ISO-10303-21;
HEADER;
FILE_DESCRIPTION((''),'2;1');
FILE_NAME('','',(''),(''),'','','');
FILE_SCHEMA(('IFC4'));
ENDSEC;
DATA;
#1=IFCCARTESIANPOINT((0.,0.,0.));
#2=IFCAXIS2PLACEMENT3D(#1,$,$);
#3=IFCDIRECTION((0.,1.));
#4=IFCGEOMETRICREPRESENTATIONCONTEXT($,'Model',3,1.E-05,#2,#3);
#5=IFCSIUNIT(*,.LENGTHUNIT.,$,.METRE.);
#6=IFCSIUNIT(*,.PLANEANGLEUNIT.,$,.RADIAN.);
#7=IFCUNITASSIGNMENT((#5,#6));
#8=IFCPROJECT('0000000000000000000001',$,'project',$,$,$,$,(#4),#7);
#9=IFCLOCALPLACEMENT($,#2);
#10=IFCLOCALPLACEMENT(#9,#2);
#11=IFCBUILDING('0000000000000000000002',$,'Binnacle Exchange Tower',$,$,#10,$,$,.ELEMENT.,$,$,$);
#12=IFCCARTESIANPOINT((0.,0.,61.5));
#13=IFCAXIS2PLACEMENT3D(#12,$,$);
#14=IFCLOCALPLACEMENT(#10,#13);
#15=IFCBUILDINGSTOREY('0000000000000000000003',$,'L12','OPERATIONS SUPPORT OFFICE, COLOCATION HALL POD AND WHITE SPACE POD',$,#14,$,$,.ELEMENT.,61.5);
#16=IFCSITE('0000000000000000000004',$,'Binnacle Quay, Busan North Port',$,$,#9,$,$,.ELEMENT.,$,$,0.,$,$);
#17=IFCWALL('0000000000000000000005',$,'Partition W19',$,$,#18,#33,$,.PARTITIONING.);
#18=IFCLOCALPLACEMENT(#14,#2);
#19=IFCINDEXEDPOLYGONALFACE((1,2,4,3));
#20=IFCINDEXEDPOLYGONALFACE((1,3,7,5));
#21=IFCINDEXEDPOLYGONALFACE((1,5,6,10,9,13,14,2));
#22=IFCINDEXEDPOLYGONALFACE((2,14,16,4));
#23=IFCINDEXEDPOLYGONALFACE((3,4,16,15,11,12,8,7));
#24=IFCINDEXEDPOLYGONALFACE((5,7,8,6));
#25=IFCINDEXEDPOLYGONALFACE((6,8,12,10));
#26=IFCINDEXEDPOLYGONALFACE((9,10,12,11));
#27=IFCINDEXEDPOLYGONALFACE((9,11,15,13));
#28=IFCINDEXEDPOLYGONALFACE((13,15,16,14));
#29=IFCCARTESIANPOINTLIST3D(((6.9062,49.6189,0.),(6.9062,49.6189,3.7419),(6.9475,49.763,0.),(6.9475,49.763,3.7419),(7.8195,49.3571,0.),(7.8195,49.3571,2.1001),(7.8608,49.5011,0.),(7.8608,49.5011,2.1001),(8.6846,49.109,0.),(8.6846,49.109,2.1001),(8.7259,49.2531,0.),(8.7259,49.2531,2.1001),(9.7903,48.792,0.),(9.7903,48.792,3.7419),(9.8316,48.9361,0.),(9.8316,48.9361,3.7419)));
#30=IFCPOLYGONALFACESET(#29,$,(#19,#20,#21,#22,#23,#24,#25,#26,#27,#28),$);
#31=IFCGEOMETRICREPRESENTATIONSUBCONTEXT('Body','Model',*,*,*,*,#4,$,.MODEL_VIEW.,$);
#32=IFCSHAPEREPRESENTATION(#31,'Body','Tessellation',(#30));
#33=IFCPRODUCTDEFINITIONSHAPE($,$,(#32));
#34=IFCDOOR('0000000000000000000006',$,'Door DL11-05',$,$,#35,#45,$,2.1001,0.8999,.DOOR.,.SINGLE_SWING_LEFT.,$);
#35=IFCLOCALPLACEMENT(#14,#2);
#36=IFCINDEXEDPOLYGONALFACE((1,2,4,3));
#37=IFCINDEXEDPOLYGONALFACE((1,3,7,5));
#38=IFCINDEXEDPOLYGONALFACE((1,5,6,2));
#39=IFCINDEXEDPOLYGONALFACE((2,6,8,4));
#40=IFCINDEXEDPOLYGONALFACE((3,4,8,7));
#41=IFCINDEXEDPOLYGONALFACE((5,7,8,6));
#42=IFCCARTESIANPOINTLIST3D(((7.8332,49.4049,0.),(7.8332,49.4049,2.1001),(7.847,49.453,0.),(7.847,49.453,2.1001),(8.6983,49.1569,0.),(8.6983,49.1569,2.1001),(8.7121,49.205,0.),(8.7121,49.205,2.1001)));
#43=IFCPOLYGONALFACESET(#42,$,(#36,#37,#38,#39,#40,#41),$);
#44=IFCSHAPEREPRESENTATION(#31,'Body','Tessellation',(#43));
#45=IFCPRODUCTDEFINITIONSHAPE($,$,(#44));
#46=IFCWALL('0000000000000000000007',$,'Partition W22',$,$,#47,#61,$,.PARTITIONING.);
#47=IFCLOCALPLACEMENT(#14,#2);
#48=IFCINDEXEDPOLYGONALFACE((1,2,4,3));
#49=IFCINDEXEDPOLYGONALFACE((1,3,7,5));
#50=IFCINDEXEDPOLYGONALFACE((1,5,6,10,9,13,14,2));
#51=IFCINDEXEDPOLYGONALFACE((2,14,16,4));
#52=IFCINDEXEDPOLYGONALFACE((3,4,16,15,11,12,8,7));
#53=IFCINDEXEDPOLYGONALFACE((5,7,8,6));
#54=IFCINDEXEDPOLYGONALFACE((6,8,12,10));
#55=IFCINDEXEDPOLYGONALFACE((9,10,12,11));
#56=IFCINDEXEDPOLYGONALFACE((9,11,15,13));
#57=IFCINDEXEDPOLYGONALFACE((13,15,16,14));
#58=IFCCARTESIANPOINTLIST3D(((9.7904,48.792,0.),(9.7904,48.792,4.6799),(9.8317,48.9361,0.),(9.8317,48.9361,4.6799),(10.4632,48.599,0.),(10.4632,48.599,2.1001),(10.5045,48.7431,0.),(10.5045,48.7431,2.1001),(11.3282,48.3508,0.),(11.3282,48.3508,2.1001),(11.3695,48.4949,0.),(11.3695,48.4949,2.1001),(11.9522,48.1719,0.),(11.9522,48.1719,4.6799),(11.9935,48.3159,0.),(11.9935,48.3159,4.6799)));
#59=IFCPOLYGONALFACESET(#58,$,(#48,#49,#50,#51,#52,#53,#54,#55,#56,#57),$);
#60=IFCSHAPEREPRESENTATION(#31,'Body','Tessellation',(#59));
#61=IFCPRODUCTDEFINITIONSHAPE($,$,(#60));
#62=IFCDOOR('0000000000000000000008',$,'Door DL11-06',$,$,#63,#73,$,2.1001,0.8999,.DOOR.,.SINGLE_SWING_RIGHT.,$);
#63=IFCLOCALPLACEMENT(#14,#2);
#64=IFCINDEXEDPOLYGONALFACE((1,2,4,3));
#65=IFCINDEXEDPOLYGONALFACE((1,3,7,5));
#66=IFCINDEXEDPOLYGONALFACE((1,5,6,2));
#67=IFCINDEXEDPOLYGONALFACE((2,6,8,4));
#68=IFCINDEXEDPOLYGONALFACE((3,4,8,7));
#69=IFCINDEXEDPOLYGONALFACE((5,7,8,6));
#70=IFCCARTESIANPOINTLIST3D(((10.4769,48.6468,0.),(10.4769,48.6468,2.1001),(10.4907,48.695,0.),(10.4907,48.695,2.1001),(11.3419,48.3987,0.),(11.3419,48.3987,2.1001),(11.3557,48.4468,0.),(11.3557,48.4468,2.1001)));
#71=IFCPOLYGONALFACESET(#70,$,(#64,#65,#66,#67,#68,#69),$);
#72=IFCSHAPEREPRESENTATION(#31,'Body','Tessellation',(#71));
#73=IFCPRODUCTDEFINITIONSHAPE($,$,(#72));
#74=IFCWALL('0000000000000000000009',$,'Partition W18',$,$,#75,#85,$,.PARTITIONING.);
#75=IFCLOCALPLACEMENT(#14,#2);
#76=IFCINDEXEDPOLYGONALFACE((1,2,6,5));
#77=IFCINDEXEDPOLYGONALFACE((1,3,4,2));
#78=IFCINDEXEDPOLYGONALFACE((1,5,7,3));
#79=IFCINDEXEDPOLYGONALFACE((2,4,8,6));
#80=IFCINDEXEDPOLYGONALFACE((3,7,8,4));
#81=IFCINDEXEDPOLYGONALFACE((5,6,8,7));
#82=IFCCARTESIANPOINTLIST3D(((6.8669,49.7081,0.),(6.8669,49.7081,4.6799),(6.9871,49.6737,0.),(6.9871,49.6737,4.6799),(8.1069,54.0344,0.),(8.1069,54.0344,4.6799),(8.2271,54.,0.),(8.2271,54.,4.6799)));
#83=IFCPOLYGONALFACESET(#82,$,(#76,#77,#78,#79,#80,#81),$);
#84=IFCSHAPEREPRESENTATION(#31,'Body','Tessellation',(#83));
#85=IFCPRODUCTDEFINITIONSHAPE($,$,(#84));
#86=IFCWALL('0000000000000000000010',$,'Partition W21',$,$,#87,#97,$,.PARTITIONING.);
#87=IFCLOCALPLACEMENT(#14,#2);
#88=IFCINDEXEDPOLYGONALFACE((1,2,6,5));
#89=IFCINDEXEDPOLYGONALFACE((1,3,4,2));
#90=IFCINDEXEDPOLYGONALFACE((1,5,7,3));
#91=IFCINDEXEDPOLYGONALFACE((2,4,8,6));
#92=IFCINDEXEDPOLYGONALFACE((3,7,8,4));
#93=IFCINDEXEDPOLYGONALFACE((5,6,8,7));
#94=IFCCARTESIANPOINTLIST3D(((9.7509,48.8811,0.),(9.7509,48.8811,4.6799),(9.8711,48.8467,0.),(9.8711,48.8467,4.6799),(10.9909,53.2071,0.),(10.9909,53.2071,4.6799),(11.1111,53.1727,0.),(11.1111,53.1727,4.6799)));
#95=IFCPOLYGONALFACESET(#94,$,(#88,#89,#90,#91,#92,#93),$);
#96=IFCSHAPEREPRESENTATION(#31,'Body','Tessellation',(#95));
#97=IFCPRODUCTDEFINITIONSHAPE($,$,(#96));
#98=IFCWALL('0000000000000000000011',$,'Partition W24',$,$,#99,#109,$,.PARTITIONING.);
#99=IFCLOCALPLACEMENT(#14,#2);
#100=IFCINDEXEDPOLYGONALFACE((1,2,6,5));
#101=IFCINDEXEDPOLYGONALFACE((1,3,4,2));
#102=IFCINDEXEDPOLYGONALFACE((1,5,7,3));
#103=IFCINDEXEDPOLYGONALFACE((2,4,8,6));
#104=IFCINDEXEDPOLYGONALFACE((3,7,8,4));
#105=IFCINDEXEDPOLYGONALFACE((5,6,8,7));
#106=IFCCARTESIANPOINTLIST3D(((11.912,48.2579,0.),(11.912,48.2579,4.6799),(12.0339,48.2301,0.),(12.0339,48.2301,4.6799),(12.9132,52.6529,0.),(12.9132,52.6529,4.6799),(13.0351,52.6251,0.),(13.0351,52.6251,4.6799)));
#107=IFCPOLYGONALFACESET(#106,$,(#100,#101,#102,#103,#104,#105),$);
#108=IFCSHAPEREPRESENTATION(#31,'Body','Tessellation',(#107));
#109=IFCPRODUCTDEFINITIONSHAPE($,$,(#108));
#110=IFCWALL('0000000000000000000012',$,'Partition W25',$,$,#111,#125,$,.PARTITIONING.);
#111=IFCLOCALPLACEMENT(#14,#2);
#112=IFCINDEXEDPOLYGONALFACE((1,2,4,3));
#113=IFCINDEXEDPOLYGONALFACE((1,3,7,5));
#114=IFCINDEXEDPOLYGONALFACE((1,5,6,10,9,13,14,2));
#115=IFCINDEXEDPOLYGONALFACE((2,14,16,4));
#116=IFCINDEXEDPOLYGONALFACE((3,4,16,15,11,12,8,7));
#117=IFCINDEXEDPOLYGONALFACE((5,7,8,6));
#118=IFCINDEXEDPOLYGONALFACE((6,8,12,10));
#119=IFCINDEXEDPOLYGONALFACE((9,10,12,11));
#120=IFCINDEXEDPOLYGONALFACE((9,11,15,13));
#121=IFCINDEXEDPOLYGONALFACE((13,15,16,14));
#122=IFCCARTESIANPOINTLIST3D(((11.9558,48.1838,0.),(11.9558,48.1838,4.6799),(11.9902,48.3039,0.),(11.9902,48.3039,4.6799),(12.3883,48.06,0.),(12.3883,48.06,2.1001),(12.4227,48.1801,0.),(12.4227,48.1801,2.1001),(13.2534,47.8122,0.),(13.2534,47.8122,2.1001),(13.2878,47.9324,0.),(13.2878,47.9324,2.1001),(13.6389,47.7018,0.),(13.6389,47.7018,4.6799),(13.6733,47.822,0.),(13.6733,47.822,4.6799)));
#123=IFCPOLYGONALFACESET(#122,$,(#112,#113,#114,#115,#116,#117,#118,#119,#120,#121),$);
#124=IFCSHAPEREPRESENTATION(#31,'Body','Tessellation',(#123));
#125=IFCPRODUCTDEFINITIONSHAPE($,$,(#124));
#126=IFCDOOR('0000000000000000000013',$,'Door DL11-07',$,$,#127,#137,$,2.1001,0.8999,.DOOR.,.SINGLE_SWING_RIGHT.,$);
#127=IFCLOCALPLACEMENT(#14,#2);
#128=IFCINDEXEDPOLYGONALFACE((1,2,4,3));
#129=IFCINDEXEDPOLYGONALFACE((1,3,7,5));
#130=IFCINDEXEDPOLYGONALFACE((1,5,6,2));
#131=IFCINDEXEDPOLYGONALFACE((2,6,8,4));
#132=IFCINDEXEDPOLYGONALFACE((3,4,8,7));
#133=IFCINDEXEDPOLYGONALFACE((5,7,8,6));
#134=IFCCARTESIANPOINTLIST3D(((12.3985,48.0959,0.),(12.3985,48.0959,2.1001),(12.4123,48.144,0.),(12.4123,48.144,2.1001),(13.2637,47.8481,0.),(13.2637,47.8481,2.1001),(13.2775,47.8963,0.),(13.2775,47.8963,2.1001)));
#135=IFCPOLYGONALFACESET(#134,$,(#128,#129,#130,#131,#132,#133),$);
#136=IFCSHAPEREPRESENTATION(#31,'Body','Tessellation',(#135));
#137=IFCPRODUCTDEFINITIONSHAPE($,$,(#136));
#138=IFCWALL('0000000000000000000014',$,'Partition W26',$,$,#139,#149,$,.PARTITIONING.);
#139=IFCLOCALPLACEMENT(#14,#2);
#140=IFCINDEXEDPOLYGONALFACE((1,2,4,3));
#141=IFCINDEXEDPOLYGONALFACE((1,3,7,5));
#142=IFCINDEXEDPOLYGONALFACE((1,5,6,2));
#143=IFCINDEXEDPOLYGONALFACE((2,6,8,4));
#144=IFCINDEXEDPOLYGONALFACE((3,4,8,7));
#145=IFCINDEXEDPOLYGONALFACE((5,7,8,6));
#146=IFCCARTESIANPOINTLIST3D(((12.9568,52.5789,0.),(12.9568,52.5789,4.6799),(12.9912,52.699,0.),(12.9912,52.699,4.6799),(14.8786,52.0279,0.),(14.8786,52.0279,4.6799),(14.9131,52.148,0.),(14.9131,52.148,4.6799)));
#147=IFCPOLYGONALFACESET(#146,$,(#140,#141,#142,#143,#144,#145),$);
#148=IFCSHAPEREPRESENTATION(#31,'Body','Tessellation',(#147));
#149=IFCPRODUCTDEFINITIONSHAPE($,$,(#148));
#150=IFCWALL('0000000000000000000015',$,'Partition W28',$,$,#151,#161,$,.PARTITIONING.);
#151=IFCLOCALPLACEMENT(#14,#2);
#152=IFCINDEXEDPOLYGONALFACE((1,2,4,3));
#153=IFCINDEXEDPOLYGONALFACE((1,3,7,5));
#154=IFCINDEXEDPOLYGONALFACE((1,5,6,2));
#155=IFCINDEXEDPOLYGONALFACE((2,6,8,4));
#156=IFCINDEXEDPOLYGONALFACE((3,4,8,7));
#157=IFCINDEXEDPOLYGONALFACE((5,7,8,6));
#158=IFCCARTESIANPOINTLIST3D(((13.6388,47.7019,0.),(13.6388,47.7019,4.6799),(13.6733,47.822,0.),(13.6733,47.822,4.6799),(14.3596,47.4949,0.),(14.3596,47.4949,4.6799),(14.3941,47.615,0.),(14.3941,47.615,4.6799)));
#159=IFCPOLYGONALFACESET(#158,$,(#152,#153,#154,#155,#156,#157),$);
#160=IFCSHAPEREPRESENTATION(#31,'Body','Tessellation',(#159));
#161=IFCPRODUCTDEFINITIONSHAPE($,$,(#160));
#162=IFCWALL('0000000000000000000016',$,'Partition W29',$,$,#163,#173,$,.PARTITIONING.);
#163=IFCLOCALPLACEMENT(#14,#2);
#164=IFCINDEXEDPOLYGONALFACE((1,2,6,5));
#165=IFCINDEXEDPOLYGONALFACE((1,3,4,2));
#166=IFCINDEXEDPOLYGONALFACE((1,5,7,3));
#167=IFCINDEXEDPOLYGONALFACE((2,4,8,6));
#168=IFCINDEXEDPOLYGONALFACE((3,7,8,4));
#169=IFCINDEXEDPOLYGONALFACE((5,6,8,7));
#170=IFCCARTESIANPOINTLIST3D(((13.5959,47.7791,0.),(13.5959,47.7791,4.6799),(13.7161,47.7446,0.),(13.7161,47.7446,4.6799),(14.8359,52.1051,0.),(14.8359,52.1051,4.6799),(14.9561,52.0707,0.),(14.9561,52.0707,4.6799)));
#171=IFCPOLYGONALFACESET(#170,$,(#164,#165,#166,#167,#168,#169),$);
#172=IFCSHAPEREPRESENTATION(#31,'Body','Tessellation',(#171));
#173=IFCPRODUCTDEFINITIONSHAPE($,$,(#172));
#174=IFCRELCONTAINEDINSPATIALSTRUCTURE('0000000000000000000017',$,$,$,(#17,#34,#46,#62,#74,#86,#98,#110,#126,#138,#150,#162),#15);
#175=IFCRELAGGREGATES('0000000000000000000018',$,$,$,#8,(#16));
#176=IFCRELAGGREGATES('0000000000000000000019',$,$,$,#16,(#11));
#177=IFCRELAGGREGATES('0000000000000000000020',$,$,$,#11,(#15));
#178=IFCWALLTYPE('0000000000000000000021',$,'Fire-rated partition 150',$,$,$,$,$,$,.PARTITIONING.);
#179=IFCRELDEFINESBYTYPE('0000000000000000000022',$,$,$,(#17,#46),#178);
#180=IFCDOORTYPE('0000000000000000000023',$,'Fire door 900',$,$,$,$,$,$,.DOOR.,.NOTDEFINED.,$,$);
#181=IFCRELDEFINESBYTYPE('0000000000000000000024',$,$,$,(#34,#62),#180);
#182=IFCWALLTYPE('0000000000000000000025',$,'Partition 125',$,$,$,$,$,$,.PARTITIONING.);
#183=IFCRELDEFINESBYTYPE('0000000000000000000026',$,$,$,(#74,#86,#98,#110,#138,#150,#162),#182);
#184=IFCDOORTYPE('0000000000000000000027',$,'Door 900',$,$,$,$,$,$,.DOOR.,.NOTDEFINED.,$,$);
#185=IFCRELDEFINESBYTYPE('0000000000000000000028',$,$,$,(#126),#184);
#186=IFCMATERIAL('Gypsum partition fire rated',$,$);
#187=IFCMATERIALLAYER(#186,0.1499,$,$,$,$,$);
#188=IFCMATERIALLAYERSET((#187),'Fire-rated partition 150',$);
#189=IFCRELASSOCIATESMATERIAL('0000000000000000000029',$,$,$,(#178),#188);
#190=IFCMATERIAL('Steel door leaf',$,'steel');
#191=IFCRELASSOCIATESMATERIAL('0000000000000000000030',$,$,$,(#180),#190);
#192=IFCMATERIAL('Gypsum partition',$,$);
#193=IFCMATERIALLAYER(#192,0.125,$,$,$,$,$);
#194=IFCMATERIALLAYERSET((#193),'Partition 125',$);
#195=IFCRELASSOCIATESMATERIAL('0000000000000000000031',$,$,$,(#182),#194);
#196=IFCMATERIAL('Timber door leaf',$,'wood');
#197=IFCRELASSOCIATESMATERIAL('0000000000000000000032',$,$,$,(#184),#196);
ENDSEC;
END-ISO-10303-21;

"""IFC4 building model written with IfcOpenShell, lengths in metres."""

from ifc_helpers import new_model, si_unit, direction, frame, frame_2d, origin, place, context, subcontext, project, spatial, rectangle, extrude, material, layer, layer_set, type_object, element, fill, save


model = new_model("IFC4")

# Units and contexts
model_context = context("Model", 3, precision=1e-05, world=origin(), true_north=direction((0.0, 1.0)))
body_context = subcontext(model_context, "Body", "Model", "MODEL_VIEW")
ifc_project = project(units=[si_unit("LENGTHUNIT", "METRE"), si_unit("PLANEANGLEUNIT", "RADIAN")], contexts=[model_context])

# Site, building, storey
site_placement = place(None, origin())
site = spatial("IfcSite", under=ifc_project, at=site_placement, Name="Binnacle Quay, Busan North Port", CompositionType="ELEMENT", RefElevation=0.0)
building_placement = place(site_placement, origin())
building = spatial("IfcBuilding", under=site, at=building_placement, Name="Binnacle Exchange Tower", CompositionType="ELEMENT")
storey_placement = place(building_placement, frame((0.0, 0.0, 61.5)))
storey = spatial("IfcBuildingStorey", under=building, at=storey_placement, Name="L12", Description="OPERATIONS SUPPORT OFFICE, COLOCATION HALL POD AND WHITE SPACE POD", CompositionType="ELEMENT", Elevation=61.5)

# Walls, openings, doors
ifc_material_1 = material(Name="Gypsum partition fire rated")
ifc_layer_1 = layer(ifc_material_1, 0.1499)
ifc_layer_set_1 = layer_set([ifc_layer_1], Name="Fire-rated partition 150")
wall_type_1 = type_object("IfcWallType", Name="Fire-rated partition 150", PredefinedType="PARTITIONING", material=ifc_layer_set_1)
ifc_material_2 = material(Name="Steel door leaf", Category="steel")
door_type_1 = type_object("IfcDoorType", Name="Fire door 900", OperationType="NOTDEFINED", PredefinedType="DOOR", material=ifc_material_2)
wall_1_placement = place(storey_placement, frame((6.927, 49.6909, 0.0), z_axis=(0.0, 0.0, 1.0), x_axis=(0.961269, -0.275613, 0.0)))
wall_1 = element("IfcWall", 1, at=wall_1_placement, inside=storey, type_object=wall_type_1, Name="Partition W19", PredefinedType="PARTITIONING", context=body_context, shape_type="SweptSolid", body=[
    extrude(rectangle(XDim=3.0002, YDim=0.1499, at=frame_2d((1.5, 0.0))), origin(), (0.0, 0.0, 1.0), 3.7419),
])
opening_1_placement = place(wall_1_placement, frame((0.95, 0.0, 0.0)))
opening_1 = element("IfcOpeningElement", 2, at=opening_1_placement, cuts=wall_1, PredefinedType="OPENING", context=body_context, shape_type="SweptSolid", body=[
    extrude(rectangle(XDim=0.8999, YDim=2.1001, at=frame_2d((0.45, 1.05))), frame((0.0, 0.085, 0.0), z_axis=(0.0, -1.0, 0.0), x_axis=(1.0, 0.0, 0.0)), (0.0, 0.0, 1.0), 0.1699),
])
door_1_placement = place(opening_1_placement, origin())
door_1 = element("IfcDoor", 3, at=door_1_placement, inside=storey, type_object=door_type_1, Name="Door DL11-05", OperationType="SINGLE_SWING_LEFT", OverallHeight=2.1001, OverallWidth=0.8999, PredefinedType="DOOR", context=body_context, shape_type="SweptSolid", body=[
    extrude(rectangle(XDim=0.8999, YDim=2.1001, at=frame_2d((0.45, 1.05))), frame((0.0, 0.0249, 0.0), z_axis=(0.0, -1.0, 0.0), x_axis=(1.0, 0.0, 0.0)), (0.0, 0.0, 1.0), 0.05),
])
fill(opening_1, door_1)
wall_2_placement = place(storey_placement, frame((9.811, 48.864, 0.0), z_axis=(0.0, 0.0, 1.0), x_axis=(0.961237, -0.275725, 0.0)))
wall_2 = element("IfcWall", 4, at=wall_2_placement, inside=storey, type_object=wall_type_1, Name="Partition W22", PredefinedType="PARTITIONING", context=body_context, shape_type="SweptSolid", body=[
    extrude(rectangle(XDim=2.249, YDim=0.1499, at=frame_2d((1.1245, 0.0))), origin(), (0.0, 0.0, 1.0), 4.6799),
])
opening_2_placement = place(wall_2_placement, frame((0.7, 0.0, 0.0)))
opening_2 = element("IfcOpeningElement", 5, at=opening_2_placement, cuts=wall_2, PredefinedType="OPENING", context=body_context, shape_type="SweptSolid", body=[
    extrude(rectangle(XDim=0.8999, YDim=2.1001, at=frame_2d((0.45, 1.05))), frame((0.0, 0.085, 0.0), z_axis=(0.0, -1.0, 0.0), x_axis=(1.0, 0.0, 0.0)), (0.0, 0.0, 1.0), 0.1699),
])
door_2_placement = place(opening_2_placement, origin())
door_2 = element("IfcDoor", 6, at=door_2_placement, inside=storey, type_object=door_type_1, Name="Door DL11-06", OperationType="SINGLE_SWING_RIGHT", OverallHeight=2.1001, OverallWidth=0.8999, PredefinedType="DOOR", context=body_context, shape_type="SweptSolid", body=[
    extrude(rectangle(XDim=0.8999, YDim=2.1001, at=frame_2d((0.45, 1.05))), frame((0.0, 0.0249, 0.0), z_axis=(0.0, -1.0, 0.0), x_axis=(1.0, 0.0, 0.0)), (0.0, 0.0, 1.0), 0.05),
])
fill(opening_2, door_2)

# Walls
ifc_material_3 = material(Name="Gypsum partition")
ifc_layer_2 = layer(ifc_material_3, 0.125)
ifc_layer_set_2 = layer_set([ifc_layer_2], Name="Partition 125")
wall_type_2 = type_object("IfcWallType", Name="Partition 125", PredefinedType="PARTITIONING", material=ifc_layer_set_2)
wall_3_placement = place(storey_placement, frame((6.927, 49.6909, 0.0), z_axis=(0.0, 0.0, 1.0), x_axis=(0.275531, 0.961292, 0.0)))
element("IfcWall", 7, at=wall_3_placement, inside=storey, type_object=wall_type_2, Name="Partition W18", PredefinedType="PARTITIONING", context=body_context, shape_type="SweptSolid", body=[
    extrude(rectangle(XDim=4.5005, YDim=0.125, at=frame_2d((2.2502, 0.0))), origin(), (0.0, 0.0, 1.0), 4.6799),
])
wall_4_placement = place(storey_placement, frame((9.811, 48.864, 0.0), z_axis=(0.0, 0.0, 1.0), x_axis=(0.275545, 0.961288, 0.0)))
element("IfcWall", 8, at=wall_4_placement, inside=storey, type_object=wall_type_2, Name="Partition W21", PredefinedType="PARTITIONING", context=body_context, shape_type="SweptSolid", body=[
    extrude(rectangle(XDim=4.5002, YDim=0.125, at=frame_2d((2.25, 0.0))), origin(), (0.0, 0.0, 1.0), 4.6799),
])
wall_5_placement = place(storey_placement, frame((11.9729, 48.2439, 0.0), z_axis=(0.0, 0.0, 1.0), x_axis=(0.222117, 0.97502, 0.0)))
element("IfcWall", 9, at=wall_5_placement, inside=storey, type_object=wall_type_2, Name="Partition W24", PredefinedType="PARTITIONING", context=body_context, shape_type="SweptSolid", body=[
    extrude(rectangle(XDim=4.5076, YDim=0.125, at=frame_2d((2.2539, 0.0))), origin(), (0.0, 0.0, 1.0), 4.6799),
])

# Wall, opening, door
wall_6_placement = place(storey_placement, frame((11.9729, 48.2439, 0.0), z_axis=(0.0, 0.0, 1.0), x_axis=(0.961366, -0.275274, 0.0)))
wall_6 = element("IfcWall", 10, at=wall_6_placement, inside=storey, type_object=wall_type_2, Name="Partition W25", PredefinedType="PARTITIONING", context=body_context, shape_type="SweptSolid", body=[
    extrude(rectangle(XDim=1.7507, YDim=0.125, at=frame_2d((0.8755, 0.0))), origin(), (0.0, 0.0, 1.0), 4.6799),
])
opening_3_placement = place(wall_6_placement, frame((0.45, 0.0, 0.0)))
opening_3 = element("IfcOpeningElement", 11, at=opening_3_placement, cuts=wall_6, PredefinedType="OPENING", context=body_context, shape_type="SweptSolid", body=[
    extrude(rectangle(XDim=0.8999, YDim=2.1001, at=frame_2d((0.45, 1.05))), frame((0.0, 0.0725, 0.0), z_axis=(0.0, -1.0, 0.0), x_axis=(1.0, 0.0, 0.0)), (0.0, 0.0, 1.0), 0.145),
])
ifc_material_4 = material(Name="Timber door leaf", Category="wood")
door_type_2 = type_object("IfcDoorType", Name="Door 900", OperationType="NOTDEFINED", PredefinedType="DOOR", material=ifc_material_4)
door_3_placement = place(opening_3_placement, origin())
door_3 = element("IfcDoor", 12, at=door_3_placement, inside=storey, type_object=door_type_2, Name="Door DL11-07", OperationType="SINGLE_SWING_RIGHT", OverallHeight=2.1001, OverallWidth=0.8999, PredefinedType="DOOR", context=body_context, shape_type="SweptSolid", body=[
    extrude(rectangle(XDim=0.8999, YDim=2.1001, at=frame_2d((0.45, 1.05))), frame((0.0, 0.0249, 0.0), z_axis=(0.0, -1.0, 0.0), x_axis=(1.0, 0.0, 0.0)), (0.0, 0.0, 1.0), 0.05),
])
fill(opening_3, door_3)

# Walls
wall_7_placement = place(storey_placement, frame((12.9741, 52.6389, 0.0), z_axis=(0.0, 0.0, 1.0), x_axis=(0.96127, -0.275608, 0.0)))
element("IfcWall", 13, at=wall_7_placement, inside=storey, type_object=wall_type_2, Name="Partition W26", PredefinedType="PARTITIONING", context=body_context, shape_type="SweptSolid", body=[
    extrude(rectangle(XDim=1.9993, YDim=0.125, at=frame_2d((0.9995, 0.0))), origin(), (0.0, 0.0, 1.0), 4.6799),
])
wall_8_placement = place(storey_placement, frame((13.656, 47.762, 0.0), z_axis=(0.0, 0.0, 1.0), x_axis=(0.961155, -0.276011, 0.0)))
element("IfcWall", 14, at=wall_8_placement, inside=storey, type_object=wall_type_2, Name="Partition W28", PredefinedType="PARTITIONING", context=body_context, shape_type="SweptSolid", body=[
    extrude(rectangle(XDim=0.75, YDim=0.125, at=frame_2d((0.375, 0.0))), origin(), (0.0, 0.0, 1.0), 4.6799),
])
wall_9_placement = place(storey_placement, frame((13.656, 47.762, 0.0), z_axis=(0.0, 0.0, 1.0), x_axis=(0.275545, 0.961288, 0.0)))
element("IfcWall", 15, at=wall_9_placement, inside=storey, type_object=wall_type_2, Name="Partition W29", PredefinedType="PARTITIONING", context=body_context, shape_type="SweptSolid", body=[
    extrude(rectangle(XDim=4.5002, YDim=0.125, at=frame_2d((2.25, 0.0))), origin(), (0.0, 0.0, 1.0), 4.6799),
])

save(model, "model.ifc")
